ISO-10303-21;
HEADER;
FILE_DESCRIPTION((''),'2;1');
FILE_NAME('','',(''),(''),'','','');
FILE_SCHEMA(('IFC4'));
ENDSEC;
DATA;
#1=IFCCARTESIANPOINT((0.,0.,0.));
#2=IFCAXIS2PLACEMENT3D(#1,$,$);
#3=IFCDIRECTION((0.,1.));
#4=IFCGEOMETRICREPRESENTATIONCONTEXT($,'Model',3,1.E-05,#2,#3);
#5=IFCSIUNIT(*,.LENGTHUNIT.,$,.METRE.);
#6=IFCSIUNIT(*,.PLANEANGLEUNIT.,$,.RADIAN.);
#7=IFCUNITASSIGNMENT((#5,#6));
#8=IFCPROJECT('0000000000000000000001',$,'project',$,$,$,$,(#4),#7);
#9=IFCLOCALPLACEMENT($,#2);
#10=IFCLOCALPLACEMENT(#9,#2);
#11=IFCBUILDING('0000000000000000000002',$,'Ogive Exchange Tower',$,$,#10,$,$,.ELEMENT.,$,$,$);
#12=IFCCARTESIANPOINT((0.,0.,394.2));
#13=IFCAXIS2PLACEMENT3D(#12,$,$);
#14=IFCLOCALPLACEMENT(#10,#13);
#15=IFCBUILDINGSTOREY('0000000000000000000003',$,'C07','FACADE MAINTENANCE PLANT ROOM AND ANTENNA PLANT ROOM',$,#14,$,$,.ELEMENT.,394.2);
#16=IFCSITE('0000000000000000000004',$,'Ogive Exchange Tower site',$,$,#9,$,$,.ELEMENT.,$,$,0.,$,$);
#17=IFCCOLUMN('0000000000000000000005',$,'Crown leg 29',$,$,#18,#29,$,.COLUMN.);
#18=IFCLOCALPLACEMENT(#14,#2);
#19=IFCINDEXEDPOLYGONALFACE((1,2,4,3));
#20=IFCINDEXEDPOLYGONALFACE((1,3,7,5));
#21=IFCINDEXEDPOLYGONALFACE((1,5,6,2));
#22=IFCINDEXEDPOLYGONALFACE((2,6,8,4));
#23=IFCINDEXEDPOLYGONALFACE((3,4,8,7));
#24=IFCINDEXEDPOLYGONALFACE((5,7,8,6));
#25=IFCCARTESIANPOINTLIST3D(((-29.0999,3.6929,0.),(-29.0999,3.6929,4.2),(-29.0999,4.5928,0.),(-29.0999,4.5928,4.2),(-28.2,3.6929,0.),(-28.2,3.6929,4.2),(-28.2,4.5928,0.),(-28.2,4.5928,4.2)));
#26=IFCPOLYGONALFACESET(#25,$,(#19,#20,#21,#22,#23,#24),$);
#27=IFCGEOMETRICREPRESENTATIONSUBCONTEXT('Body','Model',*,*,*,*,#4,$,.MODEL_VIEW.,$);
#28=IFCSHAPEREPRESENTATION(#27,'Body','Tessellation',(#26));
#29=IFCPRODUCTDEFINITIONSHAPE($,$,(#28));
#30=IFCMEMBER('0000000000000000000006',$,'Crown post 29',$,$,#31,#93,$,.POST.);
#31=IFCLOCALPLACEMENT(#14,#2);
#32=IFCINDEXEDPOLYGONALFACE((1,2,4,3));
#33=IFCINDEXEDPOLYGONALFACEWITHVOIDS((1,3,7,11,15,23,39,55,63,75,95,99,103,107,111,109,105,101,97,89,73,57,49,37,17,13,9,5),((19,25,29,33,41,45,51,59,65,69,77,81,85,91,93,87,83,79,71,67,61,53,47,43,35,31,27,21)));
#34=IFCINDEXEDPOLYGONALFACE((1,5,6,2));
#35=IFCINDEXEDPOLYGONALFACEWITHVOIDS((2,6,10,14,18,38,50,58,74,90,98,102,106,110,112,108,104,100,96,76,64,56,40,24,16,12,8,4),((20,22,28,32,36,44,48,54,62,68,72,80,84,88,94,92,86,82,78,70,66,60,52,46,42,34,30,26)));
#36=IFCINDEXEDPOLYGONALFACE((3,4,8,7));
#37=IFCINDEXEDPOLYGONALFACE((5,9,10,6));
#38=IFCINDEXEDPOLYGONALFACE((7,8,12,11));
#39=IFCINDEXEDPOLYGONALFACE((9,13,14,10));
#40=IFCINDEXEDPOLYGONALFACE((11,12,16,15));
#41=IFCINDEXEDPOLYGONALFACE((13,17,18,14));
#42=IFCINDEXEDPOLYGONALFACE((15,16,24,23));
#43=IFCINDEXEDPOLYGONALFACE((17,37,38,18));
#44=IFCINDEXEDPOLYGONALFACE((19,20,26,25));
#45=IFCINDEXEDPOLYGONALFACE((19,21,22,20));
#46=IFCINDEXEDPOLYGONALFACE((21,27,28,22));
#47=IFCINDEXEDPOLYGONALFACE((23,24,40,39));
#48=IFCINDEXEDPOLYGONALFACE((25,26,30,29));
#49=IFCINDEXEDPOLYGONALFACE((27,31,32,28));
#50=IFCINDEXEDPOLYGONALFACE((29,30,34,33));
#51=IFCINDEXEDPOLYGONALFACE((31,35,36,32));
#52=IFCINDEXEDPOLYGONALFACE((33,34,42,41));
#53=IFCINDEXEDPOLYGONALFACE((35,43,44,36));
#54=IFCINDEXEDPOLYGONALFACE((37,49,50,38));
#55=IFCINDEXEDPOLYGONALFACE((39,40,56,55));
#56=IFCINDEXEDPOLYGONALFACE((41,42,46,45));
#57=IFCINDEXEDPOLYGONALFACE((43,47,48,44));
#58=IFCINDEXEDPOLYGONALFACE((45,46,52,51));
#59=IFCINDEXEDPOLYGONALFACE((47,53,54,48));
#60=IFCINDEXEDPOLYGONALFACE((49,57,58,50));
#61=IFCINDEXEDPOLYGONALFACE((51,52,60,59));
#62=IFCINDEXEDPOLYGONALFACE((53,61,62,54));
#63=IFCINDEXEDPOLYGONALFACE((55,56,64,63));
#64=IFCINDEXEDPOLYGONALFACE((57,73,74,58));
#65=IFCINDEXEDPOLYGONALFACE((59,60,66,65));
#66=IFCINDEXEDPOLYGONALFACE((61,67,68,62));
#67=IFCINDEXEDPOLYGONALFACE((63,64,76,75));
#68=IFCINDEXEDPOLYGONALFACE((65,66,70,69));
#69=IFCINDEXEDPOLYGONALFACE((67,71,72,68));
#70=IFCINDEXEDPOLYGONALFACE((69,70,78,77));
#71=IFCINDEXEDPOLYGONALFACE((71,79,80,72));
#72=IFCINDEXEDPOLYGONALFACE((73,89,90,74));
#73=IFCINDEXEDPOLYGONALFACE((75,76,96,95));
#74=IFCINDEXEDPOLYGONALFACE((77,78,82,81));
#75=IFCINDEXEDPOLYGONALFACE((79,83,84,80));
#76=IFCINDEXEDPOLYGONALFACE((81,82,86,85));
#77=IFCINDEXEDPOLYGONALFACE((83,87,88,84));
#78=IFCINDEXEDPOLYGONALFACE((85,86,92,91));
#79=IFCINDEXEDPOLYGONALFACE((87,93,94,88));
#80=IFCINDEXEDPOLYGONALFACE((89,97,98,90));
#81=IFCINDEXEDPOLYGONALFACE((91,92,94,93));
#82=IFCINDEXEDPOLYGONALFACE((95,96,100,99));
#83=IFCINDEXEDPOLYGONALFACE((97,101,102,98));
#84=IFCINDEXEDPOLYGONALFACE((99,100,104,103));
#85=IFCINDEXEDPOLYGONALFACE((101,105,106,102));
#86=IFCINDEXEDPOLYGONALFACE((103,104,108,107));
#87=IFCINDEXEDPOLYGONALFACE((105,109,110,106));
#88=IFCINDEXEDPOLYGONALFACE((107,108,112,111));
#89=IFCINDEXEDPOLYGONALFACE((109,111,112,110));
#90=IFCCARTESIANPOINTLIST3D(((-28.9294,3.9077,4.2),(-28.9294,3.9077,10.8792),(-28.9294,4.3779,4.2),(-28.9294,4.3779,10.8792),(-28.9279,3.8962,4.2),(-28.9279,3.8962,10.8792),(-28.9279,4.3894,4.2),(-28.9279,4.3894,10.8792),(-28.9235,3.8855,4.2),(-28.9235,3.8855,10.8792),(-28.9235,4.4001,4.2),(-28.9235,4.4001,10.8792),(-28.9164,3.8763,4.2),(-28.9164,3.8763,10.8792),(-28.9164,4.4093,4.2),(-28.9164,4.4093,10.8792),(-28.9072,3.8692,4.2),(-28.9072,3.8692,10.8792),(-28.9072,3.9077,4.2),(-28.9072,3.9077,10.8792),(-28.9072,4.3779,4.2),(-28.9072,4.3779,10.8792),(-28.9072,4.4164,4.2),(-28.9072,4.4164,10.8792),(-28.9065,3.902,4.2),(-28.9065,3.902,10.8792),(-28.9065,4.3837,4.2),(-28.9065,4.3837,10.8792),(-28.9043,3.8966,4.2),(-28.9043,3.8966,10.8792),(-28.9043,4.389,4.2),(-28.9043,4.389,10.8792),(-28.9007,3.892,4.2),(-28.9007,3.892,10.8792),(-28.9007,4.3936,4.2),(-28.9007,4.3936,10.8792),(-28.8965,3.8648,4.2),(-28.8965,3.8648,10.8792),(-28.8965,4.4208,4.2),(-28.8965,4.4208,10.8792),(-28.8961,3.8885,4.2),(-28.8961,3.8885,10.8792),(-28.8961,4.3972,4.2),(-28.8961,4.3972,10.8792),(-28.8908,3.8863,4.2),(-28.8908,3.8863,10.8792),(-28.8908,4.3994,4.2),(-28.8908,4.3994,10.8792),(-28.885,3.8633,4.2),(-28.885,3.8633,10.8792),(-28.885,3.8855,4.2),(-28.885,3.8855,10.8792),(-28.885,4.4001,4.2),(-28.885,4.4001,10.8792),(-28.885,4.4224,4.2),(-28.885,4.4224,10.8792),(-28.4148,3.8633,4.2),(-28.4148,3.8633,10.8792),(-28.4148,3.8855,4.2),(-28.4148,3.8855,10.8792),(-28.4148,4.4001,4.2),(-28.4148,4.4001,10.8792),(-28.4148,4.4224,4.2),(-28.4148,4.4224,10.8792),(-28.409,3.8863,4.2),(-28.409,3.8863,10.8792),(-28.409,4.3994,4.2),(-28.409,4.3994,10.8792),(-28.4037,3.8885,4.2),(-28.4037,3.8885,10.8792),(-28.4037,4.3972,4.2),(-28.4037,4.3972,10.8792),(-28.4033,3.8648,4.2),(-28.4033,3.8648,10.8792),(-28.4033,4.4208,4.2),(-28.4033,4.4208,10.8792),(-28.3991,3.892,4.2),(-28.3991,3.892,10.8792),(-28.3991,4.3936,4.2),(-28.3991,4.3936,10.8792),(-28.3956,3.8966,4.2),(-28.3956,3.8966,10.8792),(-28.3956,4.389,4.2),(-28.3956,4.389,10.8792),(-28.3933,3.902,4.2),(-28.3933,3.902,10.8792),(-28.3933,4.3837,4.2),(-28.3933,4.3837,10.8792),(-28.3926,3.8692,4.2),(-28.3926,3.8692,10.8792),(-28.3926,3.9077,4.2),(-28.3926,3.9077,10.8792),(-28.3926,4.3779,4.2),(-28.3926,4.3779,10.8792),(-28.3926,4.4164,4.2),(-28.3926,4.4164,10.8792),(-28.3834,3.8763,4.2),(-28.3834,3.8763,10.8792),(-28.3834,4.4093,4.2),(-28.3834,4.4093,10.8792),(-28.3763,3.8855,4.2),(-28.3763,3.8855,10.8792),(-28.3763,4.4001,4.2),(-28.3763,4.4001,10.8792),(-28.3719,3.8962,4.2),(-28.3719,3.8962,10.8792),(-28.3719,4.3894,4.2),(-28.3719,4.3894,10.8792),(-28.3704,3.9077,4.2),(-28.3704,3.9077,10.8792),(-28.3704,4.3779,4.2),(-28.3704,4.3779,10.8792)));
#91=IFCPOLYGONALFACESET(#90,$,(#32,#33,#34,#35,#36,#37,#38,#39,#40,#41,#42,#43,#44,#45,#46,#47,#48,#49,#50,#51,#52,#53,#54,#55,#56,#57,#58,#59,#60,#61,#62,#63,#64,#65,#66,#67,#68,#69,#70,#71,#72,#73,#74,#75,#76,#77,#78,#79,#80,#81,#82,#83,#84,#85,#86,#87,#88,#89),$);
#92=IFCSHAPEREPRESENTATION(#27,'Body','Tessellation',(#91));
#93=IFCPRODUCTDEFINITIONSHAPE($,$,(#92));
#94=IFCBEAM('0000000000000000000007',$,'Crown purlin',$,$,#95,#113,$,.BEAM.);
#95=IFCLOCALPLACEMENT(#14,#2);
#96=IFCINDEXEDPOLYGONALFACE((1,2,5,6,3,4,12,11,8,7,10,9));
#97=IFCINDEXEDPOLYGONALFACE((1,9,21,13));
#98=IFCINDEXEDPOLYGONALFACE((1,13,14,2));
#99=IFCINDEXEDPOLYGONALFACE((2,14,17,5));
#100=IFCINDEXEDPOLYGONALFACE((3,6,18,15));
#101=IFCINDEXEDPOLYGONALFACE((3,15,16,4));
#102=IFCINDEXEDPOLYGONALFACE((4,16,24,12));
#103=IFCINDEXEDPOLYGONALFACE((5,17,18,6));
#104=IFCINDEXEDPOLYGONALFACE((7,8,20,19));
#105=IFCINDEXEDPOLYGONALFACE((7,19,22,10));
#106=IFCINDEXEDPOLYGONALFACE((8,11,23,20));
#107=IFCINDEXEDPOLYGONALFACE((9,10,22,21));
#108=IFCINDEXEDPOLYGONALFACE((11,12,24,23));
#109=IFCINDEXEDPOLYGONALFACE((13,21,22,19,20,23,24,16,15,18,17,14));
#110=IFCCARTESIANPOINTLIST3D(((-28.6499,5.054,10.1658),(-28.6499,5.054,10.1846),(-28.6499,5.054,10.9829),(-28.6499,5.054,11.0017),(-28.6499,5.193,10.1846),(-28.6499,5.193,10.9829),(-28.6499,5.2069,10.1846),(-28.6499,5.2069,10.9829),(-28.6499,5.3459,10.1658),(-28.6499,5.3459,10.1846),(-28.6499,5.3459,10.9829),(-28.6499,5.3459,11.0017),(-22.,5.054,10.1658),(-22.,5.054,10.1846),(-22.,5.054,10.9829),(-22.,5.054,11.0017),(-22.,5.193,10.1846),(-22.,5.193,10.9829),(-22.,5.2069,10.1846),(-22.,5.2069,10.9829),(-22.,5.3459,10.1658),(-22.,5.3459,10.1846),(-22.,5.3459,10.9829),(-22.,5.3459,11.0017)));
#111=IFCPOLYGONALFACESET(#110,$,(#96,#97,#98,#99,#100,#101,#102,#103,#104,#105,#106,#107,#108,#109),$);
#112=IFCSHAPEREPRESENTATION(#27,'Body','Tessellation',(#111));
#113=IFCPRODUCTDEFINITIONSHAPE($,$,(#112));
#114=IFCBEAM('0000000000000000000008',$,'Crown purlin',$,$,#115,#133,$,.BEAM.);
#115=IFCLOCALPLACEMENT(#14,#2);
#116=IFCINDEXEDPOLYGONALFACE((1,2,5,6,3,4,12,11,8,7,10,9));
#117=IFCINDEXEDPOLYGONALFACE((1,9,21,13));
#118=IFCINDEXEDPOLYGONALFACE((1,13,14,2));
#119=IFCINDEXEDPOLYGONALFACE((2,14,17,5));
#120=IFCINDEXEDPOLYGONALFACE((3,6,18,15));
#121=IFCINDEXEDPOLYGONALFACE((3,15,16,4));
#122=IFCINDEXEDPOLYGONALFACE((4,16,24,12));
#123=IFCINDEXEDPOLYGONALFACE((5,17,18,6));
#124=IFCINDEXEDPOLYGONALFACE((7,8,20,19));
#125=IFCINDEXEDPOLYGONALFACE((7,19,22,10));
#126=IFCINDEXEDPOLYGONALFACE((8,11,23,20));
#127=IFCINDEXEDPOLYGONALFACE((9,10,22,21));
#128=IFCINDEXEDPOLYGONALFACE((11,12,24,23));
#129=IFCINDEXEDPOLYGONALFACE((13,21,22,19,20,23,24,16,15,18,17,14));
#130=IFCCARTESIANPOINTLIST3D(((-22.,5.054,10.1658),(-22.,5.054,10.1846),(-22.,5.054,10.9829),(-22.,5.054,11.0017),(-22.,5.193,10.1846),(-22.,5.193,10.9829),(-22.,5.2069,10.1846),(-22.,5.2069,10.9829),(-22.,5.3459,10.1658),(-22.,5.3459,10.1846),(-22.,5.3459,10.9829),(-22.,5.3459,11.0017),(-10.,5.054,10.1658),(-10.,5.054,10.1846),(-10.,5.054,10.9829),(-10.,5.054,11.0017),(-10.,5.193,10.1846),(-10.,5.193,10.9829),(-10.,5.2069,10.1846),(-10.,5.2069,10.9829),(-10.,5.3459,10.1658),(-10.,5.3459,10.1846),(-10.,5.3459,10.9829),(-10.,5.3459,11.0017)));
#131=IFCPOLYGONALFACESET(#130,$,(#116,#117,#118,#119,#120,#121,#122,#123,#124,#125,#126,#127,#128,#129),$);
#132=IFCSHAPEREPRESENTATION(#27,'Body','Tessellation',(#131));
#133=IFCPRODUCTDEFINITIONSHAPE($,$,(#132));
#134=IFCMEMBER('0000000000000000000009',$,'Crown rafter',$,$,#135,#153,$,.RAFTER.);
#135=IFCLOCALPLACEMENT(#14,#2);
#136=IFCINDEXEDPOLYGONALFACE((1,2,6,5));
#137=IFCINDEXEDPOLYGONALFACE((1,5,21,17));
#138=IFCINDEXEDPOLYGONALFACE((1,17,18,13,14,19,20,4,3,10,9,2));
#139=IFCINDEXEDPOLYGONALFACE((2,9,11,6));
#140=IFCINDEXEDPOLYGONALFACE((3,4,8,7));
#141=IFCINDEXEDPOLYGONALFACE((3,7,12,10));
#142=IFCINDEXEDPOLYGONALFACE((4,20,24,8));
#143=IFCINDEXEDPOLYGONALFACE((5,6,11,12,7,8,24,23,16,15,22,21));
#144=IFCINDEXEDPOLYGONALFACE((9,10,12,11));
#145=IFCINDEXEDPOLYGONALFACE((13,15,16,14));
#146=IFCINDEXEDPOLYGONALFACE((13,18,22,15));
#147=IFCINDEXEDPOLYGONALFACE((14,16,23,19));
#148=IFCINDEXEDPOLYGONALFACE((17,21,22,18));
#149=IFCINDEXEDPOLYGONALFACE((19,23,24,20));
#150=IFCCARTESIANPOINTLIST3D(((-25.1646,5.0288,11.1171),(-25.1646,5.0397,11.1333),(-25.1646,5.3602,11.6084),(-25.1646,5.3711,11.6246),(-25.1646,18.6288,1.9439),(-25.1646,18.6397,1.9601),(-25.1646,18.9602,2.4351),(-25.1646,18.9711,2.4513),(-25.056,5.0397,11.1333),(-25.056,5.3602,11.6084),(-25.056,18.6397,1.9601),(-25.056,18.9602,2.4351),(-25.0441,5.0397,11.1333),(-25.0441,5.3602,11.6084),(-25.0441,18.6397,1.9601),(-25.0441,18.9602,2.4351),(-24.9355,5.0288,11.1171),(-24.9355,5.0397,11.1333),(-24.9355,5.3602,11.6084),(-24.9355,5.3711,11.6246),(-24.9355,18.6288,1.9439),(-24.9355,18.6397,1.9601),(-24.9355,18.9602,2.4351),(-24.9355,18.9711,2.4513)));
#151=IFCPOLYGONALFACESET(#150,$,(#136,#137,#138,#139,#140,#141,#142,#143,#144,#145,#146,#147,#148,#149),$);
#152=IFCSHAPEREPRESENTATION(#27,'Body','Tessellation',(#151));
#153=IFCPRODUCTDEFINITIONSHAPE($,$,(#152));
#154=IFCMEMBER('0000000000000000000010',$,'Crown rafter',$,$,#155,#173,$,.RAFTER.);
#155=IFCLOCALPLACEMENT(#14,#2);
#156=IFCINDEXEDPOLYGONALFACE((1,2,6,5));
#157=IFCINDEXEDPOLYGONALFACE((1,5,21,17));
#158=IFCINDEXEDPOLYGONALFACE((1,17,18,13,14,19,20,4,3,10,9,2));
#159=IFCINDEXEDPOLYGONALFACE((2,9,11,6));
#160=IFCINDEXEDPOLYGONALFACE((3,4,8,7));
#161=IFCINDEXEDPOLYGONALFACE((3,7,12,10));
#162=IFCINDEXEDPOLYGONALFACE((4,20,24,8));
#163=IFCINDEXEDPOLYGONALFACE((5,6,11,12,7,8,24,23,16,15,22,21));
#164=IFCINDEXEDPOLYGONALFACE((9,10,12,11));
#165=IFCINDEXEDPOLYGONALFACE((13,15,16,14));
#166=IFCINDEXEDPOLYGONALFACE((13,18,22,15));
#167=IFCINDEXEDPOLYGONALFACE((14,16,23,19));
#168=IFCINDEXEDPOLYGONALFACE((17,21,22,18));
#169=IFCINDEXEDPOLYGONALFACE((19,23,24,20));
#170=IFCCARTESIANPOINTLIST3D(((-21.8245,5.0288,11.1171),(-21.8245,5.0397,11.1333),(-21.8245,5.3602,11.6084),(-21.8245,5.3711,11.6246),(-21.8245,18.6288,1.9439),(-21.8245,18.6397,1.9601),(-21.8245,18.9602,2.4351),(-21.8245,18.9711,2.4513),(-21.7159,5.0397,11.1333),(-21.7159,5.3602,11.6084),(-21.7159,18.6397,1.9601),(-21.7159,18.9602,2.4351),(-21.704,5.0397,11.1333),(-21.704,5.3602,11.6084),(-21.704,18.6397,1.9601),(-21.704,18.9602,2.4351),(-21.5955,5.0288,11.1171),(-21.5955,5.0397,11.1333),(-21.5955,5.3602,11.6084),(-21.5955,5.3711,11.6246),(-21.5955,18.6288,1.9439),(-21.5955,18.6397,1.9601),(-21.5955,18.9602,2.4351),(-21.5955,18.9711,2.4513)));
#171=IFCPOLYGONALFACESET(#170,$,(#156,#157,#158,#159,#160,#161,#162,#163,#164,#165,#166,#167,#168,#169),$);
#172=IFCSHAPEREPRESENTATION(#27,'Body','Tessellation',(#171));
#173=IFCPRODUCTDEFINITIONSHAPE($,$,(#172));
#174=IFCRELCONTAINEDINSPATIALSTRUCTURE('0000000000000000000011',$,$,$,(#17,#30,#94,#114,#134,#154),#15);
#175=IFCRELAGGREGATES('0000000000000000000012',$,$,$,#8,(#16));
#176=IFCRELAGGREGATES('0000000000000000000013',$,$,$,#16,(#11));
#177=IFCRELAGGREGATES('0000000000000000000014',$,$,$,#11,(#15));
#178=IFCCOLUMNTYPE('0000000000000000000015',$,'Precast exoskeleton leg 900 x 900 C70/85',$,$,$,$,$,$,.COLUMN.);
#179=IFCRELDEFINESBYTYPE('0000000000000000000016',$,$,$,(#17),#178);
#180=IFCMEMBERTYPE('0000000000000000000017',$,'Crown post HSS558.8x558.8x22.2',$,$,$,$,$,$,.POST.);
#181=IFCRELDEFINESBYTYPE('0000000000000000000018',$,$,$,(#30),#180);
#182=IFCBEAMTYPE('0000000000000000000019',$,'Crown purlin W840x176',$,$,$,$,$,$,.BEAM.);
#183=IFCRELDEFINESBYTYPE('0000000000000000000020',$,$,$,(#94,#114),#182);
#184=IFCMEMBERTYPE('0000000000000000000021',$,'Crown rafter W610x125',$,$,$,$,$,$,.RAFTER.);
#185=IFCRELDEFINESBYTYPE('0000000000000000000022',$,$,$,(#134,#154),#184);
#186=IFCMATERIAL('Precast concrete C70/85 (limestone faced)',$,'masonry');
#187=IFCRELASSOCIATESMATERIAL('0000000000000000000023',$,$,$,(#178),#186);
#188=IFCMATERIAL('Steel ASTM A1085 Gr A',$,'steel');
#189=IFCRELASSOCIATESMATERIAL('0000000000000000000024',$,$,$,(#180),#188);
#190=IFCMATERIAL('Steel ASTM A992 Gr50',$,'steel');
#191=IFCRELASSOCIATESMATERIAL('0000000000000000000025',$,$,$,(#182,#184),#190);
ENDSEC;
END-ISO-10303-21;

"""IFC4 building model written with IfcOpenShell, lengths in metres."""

from ifc_helpers import new_model, si_unit, direction, frame, origin, origin_2d, place, context, subcontext, project, spatial, rectangle, hollow_rectangle, i_section, extrude, material, material_profile, profile_set, type_object, element, save


model = new_model("IFC4")

# Units and contexts
model_context = context("Model", 3, precision=1e-05, world=origin(), true_north=direction((0.0, 1.0)))
body_context = subcontext(model_context, "Body", "Model", "MODEL_VIEW")
ifc_project = project(units=[si_unit("LENGTHUNIT", "METRE"), si_unit("PLANEANGLEUNIT", "RADIAN")], contexts=[model_context])

# Site, building, storey
site_placement = place(None, origin())
site = spatial("IfcSite", under=ifc_project, at=site_placement, Name="Ogive Exchange Tower site", CompositionType="ELEMENT", RefElevation=0.0)
building_placement = place(site_placement, origin())
building = spatial("IfcBuilding", under=site, at=building_placement, Name="Ogive Exchange Tower", CompositionType="ELEMENT")
storey_placement = place(building_placement, frame((0.0, 0.0, 394.2)))
storey = spatial("IfcBuildingStorey", under=building, at=storey_placement, Name="C07", Description="FACADE MAINTENANCE PLANT ROOM AND ANTENNA PLANT ROOM", CompositionType="ELEMENT", Elevation=394.2)

# Column
ifc_material_1 = material(Name="Precast concrete C70/85 (limestone faced)", Category="masonry")
ifc_material_profile_1 = material_profile(ifc_material_1, rectangle(XDim=0.8999, YDim=0.8999, at=origin_2d()), Name="900 x 900")
ifc_profile_set_1 = profile_set([ifc_material_profile_1], Name="Precast concrete C70/85 (limestone faced)")
column_type = type_object("IfcColumnType", Name="Precast exoskeleton leg 900 x 900 C70/85", PredefinedType="COLUMN", material=ifc_profile_set_1)
column_placement = place(storey_placement, frame((-28.6499, 4.1428, 0.0), z_axis=(0.0, 0.0, 1.0), x_axis=(1.0, 0.0, 0.0)))
element("IfcColumn", 1, at=column_placement, inside=storey, type_object=column_type, Name="Crown leg 29", PredefinedType="COLUMN", context=body_context, shape_type="SweptSolid", body=[
    extrude(rectangle(XDim=0.8999, YDim=0.8999, at=origin_2d()), origin(), (0.0, 0.0, 1.0), 4.2),
])

# Member
ifc_material_2 = material(Name="Steel ASTM A1085 Gr A", Category="steel")
ifc_material_profile_2 = material_profile(ifc_material_2, hollow_rectangle(XDim=0.5591, YDim=0.5591, WallThickness=0.0222, InnerFilletRadius=0.0222, OuterFilletRadius=0.0444, at=origin_2d()), Name="HSS558.8x558.8x22.2")
ifc_profile_set_2 = profile_set([ifc_material_profile_2], Name="Steel ASTM A1085 Gr A")
member_type_1 = type_object("IfcMemberType", Name="Crown post HSS558.8x558.8x22.2", PredefinedType="POST", material=ifc_profile_set_2)
member_1_placement = place(storey_placement, frame((-28.6499, 4.1428, 4.2), z_axis=(0.0, 0.0, 1.0), x_axis=(1.0, 0.0, 0.0)))
element("IfcMember", 2, at=member_1_placement, inside=storey, type_object=member_type_1, Name="Crown post 29", PredefinedType="POST", context=body_context, shape_type="SweptSolid", body=[
    extrude(hollow_rectangle(XDim=0.5591, YDim=0.5591, WallThickness=0.0222, InnerFilletRadius=0.0222, OuterFilletRadius=0.0444, at=origin_2d()), origin(), (0.0, 0.0, 1.0), 6.6792),
])

# Beams
ifc_material_3 = material(Name="Steel ASTM A992 Gr50", Category="steel")
ifc_material_profile_3 = material_profile(ifc_material_3, i_section(OverallWidth=0.292, OverallDepth=0.8359, WebThickness=0.0139, FlangeThickness=0.0188, at=origin_2d()), Name="W840x176")
ifc_profile_set_3 = profile_set([ifc_material_profile_3], Name="Steel ASTM A992 Gr50")
beam_type_1 = type_object("IfcBeamType", Name="Crown purlin W840x176", PredefinedType="BEAM", material=ifc_profile_set_3)
beam_1_placement = place(storey_placement, frame((-28.6499, 5.2, 10.5837), z_axis=(1.0, 0.0, 0.0), x_axis=(0.0, 1.0, 0.0)))
element("IfcBeam", 3, at=beam_1_placement, inside=storey, type_object=beam_type_1, Name="Crown purlin", PredefinedType="BEAM", context=body_context, shape_type="SweptSolid", body=[
    extrude(i_section(OverallWidth=0.292, OverallDepth=0.8359, WebThickness=0.0139, FlangeThickness=0.0188, at=origin_2d()), origin(), (0.0, 0.0, 1.0), 6.6499),
])
beam_2_placement = place(storey_placement, frame((-22.0, 5.2, 10.5837), z_axis=(1.0, 0.0, 0.0), x_axis=(0.0, 1.0, 0.0)))
element("IfcBeam", 4, at=beam_2_placement, inside=storey, type_object=beam_type_1, Name="Crown purlin", PredefinedType="BEAM", context=body_context, shape_type="SweptSolid", body=[
    extrude(i_section(OverallWidth=0.292, OverallDepth=0.8359, WebThickness=0.0139, FlangeThickness=0.0188, at=origin_2d()), origin(), (0.0, 0.0, 1.0), 12.0),
])

# Members
ifc_material_profile_4 = material_profile(ifc_material_3, i_section(OverallWidth=0.229, OverallDepth=0.6121, WebThickness=0.012, FlangeThickness=0.0195, at=origin_2d()), Name="W610x125")
ifc_profile_set_4 = profile_set([ifc_material_profile_4], Name="Steel ASTM A992 Gr50")
member_type_2 = type_object("IfcMemberType", Name="Crown rafter W610x125", PredefinedType="RAFTER", material=ifc_profile_set_4)
for number, where, z_axis, x_axis, name in (
    (5, (-25.05, 5.2, 11.3708), (0.0, 0.829039, -0.559191), (-1.0, 0.0, 0.0), "Crown rafter"),
    (6, (-21.71, 5.2, 11.3708), (0.0, 0.829039, -0.559191), (-1.0, 0.0, 0.0), "Crown rafter"),
):
    element("IfcMember", number, at=place(storey_placement, frame(where, z_axis=z_axis, x_axis=x_axis)), inside=storey, type_object=member_type_2, Name=name, PredefinedType="RAFTER", context=body_context, shape_type="SweptSolid", body=[
        extrude(i_section(OverallWidth=0.229, OverallDepth=0.6121, WebThickness=0.012, FlangeThickness=0.0195, at=origin_2d()), origin(), (0.0, 0.0, 1.0), 16.4045),
    ])

save(model, "model.ifc")
